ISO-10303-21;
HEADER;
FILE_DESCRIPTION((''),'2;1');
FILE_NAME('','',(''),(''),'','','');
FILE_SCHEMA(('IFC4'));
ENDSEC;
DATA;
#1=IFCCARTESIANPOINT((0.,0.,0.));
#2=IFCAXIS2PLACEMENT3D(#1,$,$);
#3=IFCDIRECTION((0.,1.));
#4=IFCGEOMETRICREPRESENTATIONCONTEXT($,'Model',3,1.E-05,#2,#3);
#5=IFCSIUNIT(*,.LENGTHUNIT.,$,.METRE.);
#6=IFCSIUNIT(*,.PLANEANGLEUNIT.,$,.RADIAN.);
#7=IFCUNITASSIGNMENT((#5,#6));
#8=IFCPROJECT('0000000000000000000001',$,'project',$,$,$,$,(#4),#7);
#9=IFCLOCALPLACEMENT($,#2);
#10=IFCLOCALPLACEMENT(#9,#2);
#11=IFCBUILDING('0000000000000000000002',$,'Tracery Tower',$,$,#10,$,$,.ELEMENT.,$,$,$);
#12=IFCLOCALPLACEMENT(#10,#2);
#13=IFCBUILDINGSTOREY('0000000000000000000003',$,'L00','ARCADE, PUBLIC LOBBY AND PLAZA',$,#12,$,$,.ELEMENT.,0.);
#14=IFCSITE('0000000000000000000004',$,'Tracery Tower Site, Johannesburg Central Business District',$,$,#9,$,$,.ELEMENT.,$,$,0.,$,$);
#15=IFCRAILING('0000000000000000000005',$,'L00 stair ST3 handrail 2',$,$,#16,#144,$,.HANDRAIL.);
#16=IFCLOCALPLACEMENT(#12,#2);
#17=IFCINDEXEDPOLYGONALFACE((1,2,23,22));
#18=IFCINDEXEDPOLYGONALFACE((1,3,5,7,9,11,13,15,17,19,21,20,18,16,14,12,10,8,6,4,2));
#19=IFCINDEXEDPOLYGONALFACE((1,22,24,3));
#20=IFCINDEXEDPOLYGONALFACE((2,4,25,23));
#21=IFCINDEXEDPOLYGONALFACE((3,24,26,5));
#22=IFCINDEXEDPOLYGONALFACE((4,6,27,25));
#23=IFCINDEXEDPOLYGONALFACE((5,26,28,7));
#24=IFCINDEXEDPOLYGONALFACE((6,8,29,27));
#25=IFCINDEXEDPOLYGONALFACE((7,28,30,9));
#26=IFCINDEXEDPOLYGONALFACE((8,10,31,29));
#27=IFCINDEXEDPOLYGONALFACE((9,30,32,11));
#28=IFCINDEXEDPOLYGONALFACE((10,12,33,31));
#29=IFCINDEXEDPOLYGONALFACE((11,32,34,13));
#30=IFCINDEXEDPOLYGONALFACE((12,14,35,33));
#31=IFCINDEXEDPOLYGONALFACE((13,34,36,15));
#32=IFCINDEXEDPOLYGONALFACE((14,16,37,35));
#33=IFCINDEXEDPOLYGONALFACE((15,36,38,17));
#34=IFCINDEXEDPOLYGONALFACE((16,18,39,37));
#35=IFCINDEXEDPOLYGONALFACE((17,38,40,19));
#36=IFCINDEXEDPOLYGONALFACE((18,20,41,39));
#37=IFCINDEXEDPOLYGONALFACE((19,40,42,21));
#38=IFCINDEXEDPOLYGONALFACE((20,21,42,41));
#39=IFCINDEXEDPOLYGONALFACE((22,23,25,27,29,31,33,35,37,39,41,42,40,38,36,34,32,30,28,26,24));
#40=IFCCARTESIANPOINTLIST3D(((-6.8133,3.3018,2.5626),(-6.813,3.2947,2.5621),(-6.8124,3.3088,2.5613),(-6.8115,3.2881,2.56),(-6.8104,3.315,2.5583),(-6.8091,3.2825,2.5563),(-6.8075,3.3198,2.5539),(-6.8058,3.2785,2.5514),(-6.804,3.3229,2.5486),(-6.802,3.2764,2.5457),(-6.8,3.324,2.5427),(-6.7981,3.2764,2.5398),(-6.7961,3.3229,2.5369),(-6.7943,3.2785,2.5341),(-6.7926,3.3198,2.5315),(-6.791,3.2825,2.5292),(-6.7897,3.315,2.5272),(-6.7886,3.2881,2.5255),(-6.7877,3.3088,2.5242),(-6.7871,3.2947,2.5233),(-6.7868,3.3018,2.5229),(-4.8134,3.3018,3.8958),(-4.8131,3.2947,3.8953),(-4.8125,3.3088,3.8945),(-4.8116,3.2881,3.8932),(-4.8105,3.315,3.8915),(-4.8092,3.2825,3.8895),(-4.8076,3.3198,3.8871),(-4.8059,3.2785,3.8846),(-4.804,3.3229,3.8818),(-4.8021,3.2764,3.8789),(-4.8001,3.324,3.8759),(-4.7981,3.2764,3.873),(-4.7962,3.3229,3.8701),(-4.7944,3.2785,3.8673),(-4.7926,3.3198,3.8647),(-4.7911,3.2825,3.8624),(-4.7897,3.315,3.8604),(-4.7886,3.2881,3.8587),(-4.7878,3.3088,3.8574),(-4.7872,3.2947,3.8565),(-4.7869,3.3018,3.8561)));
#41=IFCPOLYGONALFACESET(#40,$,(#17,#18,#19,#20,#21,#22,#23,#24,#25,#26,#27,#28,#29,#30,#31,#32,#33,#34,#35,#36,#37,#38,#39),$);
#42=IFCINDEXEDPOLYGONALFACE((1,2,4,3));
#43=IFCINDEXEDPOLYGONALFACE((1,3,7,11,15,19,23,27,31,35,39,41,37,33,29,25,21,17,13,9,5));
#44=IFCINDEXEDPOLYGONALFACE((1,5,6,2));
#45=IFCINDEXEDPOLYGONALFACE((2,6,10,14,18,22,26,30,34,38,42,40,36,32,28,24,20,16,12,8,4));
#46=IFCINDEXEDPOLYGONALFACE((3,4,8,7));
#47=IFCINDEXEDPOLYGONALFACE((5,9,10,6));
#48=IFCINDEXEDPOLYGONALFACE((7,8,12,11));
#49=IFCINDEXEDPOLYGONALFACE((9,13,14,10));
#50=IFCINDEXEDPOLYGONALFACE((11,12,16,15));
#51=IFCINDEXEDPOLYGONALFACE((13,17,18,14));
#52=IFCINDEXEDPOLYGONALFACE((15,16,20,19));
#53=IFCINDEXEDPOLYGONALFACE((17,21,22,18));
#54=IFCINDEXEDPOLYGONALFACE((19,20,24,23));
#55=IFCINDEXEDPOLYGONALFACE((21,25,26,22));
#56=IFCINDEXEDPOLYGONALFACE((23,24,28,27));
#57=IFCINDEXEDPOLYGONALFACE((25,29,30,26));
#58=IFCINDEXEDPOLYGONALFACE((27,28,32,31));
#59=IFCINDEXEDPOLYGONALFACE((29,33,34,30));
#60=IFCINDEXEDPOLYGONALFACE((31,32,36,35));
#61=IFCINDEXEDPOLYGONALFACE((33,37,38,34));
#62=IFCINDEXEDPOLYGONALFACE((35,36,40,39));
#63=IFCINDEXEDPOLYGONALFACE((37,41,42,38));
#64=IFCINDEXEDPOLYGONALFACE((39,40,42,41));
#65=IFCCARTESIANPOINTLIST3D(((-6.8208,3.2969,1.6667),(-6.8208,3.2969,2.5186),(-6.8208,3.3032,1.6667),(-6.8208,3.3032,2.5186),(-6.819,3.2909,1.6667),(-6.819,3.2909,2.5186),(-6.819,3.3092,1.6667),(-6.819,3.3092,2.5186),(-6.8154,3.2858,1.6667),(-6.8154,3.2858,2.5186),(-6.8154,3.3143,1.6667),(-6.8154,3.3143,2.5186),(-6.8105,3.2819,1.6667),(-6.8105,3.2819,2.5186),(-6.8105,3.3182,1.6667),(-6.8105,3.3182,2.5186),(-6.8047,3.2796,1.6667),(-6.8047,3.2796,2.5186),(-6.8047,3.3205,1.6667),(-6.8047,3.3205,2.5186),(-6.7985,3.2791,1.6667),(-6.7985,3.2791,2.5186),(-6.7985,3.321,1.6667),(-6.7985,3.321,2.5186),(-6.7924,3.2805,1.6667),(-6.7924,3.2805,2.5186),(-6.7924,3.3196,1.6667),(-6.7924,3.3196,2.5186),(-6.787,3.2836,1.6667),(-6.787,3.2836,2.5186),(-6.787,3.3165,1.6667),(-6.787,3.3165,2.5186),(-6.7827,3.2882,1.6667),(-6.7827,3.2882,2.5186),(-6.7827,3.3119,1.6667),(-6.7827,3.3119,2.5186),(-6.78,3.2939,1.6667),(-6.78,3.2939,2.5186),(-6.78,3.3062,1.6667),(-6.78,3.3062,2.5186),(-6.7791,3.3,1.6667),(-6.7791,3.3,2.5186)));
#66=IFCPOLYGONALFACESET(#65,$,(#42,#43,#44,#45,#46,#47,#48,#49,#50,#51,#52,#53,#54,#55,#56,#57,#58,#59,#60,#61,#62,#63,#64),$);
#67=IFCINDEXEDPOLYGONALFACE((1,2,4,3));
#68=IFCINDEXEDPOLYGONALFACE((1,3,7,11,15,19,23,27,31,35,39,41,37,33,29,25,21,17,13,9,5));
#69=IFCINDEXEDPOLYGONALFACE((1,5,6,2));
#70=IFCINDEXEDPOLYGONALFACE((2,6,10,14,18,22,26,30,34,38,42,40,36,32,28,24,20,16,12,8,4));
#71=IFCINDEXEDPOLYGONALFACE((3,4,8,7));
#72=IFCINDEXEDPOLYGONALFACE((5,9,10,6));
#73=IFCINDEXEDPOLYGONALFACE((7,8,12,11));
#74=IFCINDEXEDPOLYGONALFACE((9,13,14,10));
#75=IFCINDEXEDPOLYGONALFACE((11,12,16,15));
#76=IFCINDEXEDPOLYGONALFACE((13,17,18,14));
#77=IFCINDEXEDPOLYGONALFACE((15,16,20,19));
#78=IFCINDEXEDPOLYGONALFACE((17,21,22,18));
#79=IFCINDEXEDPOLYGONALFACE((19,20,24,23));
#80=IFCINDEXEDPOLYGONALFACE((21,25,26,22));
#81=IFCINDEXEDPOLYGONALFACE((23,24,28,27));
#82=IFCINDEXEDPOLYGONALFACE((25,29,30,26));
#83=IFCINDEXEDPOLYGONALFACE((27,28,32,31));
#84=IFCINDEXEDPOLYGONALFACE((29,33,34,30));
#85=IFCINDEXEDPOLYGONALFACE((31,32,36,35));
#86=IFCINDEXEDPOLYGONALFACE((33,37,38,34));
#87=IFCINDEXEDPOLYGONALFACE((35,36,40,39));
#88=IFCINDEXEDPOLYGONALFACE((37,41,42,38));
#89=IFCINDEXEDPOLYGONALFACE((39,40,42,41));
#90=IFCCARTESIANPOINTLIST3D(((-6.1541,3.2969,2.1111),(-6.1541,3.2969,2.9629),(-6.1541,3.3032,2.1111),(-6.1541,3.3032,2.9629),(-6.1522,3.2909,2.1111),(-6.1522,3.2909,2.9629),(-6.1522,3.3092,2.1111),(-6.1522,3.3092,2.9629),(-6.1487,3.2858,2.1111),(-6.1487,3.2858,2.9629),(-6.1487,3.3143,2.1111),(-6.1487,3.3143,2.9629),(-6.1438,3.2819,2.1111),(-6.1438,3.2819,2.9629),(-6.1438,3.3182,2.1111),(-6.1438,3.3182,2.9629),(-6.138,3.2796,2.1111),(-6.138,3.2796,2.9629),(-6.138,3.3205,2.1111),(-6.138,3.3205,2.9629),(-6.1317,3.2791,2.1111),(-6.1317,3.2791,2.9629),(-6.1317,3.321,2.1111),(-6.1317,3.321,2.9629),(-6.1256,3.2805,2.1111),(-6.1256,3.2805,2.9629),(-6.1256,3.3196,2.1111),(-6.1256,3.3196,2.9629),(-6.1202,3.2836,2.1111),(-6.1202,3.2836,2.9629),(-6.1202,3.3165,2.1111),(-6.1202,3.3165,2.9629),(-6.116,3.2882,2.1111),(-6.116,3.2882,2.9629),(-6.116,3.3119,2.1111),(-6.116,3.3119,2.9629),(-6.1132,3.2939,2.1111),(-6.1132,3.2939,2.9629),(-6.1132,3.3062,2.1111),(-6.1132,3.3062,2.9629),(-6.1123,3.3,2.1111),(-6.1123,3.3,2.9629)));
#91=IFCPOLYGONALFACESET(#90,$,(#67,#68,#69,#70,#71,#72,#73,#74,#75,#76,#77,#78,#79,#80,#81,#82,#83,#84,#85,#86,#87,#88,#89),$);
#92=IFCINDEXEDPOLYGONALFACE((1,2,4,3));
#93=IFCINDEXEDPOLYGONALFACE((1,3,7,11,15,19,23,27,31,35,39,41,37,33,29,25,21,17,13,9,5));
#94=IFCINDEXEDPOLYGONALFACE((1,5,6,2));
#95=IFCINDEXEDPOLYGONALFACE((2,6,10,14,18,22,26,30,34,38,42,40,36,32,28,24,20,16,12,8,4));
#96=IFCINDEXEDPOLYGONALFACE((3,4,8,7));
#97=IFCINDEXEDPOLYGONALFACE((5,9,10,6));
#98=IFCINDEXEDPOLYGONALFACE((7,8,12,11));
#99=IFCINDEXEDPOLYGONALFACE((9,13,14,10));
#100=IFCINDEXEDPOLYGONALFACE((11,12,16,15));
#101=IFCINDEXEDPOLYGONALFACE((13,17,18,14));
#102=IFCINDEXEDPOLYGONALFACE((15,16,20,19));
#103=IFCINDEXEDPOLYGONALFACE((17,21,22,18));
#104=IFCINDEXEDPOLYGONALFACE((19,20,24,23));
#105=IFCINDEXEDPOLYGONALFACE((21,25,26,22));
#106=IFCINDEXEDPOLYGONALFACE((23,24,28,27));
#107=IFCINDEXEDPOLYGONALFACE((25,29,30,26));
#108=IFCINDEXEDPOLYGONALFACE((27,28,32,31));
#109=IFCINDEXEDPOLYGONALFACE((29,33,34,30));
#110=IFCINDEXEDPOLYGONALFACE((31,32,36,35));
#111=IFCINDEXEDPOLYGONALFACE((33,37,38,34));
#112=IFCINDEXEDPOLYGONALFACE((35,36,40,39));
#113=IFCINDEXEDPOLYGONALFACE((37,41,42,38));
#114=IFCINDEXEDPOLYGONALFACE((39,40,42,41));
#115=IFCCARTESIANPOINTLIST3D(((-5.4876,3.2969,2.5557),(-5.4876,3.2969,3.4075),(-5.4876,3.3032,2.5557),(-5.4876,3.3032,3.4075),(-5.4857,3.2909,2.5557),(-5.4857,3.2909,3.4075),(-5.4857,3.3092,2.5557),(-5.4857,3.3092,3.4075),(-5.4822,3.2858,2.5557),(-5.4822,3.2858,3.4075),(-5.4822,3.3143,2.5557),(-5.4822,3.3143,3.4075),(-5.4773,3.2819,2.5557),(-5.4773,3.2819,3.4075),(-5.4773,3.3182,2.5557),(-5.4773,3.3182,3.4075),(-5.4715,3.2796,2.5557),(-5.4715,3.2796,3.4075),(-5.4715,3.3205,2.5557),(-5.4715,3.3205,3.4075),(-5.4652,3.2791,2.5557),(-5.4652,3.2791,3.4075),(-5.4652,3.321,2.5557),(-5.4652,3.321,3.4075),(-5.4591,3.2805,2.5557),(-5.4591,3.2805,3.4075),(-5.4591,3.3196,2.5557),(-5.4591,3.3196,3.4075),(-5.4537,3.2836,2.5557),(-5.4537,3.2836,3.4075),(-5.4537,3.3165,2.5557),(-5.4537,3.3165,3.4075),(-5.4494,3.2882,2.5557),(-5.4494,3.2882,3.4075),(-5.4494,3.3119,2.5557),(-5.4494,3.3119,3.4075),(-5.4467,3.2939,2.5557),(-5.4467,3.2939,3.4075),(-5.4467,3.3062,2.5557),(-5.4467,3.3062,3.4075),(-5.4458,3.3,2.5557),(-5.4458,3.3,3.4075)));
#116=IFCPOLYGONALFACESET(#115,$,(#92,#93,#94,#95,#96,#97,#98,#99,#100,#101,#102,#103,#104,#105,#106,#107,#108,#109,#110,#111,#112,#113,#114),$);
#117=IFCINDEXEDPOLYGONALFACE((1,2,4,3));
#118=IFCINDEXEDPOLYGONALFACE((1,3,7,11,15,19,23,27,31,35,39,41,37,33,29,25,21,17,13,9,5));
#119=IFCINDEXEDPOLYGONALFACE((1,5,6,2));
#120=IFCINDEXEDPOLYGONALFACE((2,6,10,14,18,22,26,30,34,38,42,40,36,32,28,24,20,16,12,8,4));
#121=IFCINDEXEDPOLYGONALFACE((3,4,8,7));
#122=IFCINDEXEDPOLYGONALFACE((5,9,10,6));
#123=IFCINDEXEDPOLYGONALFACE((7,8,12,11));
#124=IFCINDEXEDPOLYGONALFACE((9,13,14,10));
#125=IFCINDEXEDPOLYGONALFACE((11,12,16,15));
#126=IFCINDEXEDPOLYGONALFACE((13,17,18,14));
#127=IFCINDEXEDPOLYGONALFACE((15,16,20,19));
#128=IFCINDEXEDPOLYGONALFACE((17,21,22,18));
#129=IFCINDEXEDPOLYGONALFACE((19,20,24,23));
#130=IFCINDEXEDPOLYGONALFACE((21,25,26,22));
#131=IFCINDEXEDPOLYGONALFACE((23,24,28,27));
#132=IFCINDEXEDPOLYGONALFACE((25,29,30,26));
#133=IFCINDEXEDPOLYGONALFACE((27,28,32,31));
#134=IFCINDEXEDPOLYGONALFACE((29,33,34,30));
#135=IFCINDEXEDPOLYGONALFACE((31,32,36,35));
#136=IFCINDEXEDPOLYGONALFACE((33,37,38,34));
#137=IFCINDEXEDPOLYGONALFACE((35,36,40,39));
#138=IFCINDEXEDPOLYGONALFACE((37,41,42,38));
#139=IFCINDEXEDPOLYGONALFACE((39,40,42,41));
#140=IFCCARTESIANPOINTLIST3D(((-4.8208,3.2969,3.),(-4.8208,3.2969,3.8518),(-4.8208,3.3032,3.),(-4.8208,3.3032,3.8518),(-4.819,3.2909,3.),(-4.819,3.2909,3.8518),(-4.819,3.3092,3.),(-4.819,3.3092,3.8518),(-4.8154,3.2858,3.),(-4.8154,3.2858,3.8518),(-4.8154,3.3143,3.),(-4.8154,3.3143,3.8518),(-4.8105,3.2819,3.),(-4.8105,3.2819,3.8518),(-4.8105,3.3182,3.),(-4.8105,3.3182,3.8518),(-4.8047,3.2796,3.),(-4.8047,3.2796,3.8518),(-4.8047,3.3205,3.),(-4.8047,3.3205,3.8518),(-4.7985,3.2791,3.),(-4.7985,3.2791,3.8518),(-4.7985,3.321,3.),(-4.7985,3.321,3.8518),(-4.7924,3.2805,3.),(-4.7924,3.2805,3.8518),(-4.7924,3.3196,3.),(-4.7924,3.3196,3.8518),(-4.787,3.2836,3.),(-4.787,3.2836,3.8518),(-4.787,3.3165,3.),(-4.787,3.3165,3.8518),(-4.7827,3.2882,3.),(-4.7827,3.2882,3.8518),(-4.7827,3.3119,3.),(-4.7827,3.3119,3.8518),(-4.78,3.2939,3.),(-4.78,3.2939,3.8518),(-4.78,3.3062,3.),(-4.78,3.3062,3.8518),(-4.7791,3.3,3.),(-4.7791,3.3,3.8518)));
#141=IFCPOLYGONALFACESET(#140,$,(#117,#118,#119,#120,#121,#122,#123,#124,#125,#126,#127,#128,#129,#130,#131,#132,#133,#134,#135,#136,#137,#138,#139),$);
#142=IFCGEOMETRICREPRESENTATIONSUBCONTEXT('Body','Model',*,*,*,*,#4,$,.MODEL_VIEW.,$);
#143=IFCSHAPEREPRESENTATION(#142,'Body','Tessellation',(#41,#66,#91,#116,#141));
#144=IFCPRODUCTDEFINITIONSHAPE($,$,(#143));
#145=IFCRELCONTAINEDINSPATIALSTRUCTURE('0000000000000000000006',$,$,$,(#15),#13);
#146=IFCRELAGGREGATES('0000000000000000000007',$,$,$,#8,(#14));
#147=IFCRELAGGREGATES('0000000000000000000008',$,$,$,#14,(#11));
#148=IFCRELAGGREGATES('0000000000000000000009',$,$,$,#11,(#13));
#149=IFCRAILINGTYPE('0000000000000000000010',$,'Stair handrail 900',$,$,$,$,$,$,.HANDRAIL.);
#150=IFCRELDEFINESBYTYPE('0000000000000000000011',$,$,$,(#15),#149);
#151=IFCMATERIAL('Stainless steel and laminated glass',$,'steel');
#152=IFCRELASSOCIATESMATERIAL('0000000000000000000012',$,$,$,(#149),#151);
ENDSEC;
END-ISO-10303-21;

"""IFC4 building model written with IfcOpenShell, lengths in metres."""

from ifc_helpers import new_model, si_unit, direction, frame, origin, origin_2d, place, context, subcontext, project, spatial, circle, extrude, material, type_object, element, save


model = new_model("IFC4")

# Units and contexts
model_context = context("Model", 3, precision=1e-05, world=origin(), true_north=direction((0.0, 1.0)))
body_context = subcontext(model_context, "Body", "Model", "MODEL_VIEW")
ifc_project = project(units=[si_unit("LENGTHUNIT", "METRE"), si_unit("PLANEANGLEUNIT", "RADIAN")], contexts=[model_context])

# Site, building, storey
site_placement = place(None, origin())
site = spatial("IfcSite", under=ifc_project, at=site_placement, Name="Tracery Tower Site, Johannesburg Central Business District", CompositionType="ELEMENT", RefElevation=0.0)
building_placement = place(site_placement, origin())
building = spatial("IfcBuilding", under=site, at=building_placement, Name="Tracery Tower", CompositionType="ELEMENT")
storey_placement = place(building_placement, origin())
storey = spatial("IfcBuildingStorey", under=building, at=storey_placement, Name="L00", Description="ARCADE, PUBLIC LOBBY AND PLAZA", CompositionType="ELEMENT", Elevation=0.0)

# Railing
ifc_material_1 = material(Name="Stainless steel and laminated glass", Category="steel")
railing_type_1 = type_object("IfcRailingType", Name="Stair handrail 900", PredefinedType="HANDRAIL", material=ifc_material_1)
railing_1_placement = place(storey_placement, frame((-6.8, 3.3, 1.6667)))
element("IfcRailing", 1, at=railing_1_placement, inside=storey, type_object=railing_type_1, Name="L00 stair ST3 handrail 2", PredefinedType="HANDRAIL", context=body_context, shape_type="SweptSolid", body=[
    extrude(circle(Radius=0.0239, at=origin_2d()), frame((0.0, 0.0, 0.876), z_axis=(0.832066, 0.0, 0.554677), x_axis=(0.0, 1.0, 0.0)), (0.0, 0.0, 1.0), 2.4036),
    extrude(circle(Radius=0.021, at=origin_2d()), origin(), (0.0, 0.0, 1.0), 0.8518),
    extrude(circle(Radius=0.021, at=origin_2d()), frame((0.6667, 0.0, 0.4443)), (0.0, 0.0, 1.0), 0.8518),
    extrude(circle(Radius=0.021, at=origin_2d()), frame((1.3333, 0.0, 0.8889)), (0.0, 0.0, 1.0), 0.8518),
    extrude(circle(Radius=0.021, at=origin_2d()), frame((2.0, 0.0, 1.3333)), (0.0, 0.0, 1.0), 0.8518),
])

save(model, "model.ifc")
